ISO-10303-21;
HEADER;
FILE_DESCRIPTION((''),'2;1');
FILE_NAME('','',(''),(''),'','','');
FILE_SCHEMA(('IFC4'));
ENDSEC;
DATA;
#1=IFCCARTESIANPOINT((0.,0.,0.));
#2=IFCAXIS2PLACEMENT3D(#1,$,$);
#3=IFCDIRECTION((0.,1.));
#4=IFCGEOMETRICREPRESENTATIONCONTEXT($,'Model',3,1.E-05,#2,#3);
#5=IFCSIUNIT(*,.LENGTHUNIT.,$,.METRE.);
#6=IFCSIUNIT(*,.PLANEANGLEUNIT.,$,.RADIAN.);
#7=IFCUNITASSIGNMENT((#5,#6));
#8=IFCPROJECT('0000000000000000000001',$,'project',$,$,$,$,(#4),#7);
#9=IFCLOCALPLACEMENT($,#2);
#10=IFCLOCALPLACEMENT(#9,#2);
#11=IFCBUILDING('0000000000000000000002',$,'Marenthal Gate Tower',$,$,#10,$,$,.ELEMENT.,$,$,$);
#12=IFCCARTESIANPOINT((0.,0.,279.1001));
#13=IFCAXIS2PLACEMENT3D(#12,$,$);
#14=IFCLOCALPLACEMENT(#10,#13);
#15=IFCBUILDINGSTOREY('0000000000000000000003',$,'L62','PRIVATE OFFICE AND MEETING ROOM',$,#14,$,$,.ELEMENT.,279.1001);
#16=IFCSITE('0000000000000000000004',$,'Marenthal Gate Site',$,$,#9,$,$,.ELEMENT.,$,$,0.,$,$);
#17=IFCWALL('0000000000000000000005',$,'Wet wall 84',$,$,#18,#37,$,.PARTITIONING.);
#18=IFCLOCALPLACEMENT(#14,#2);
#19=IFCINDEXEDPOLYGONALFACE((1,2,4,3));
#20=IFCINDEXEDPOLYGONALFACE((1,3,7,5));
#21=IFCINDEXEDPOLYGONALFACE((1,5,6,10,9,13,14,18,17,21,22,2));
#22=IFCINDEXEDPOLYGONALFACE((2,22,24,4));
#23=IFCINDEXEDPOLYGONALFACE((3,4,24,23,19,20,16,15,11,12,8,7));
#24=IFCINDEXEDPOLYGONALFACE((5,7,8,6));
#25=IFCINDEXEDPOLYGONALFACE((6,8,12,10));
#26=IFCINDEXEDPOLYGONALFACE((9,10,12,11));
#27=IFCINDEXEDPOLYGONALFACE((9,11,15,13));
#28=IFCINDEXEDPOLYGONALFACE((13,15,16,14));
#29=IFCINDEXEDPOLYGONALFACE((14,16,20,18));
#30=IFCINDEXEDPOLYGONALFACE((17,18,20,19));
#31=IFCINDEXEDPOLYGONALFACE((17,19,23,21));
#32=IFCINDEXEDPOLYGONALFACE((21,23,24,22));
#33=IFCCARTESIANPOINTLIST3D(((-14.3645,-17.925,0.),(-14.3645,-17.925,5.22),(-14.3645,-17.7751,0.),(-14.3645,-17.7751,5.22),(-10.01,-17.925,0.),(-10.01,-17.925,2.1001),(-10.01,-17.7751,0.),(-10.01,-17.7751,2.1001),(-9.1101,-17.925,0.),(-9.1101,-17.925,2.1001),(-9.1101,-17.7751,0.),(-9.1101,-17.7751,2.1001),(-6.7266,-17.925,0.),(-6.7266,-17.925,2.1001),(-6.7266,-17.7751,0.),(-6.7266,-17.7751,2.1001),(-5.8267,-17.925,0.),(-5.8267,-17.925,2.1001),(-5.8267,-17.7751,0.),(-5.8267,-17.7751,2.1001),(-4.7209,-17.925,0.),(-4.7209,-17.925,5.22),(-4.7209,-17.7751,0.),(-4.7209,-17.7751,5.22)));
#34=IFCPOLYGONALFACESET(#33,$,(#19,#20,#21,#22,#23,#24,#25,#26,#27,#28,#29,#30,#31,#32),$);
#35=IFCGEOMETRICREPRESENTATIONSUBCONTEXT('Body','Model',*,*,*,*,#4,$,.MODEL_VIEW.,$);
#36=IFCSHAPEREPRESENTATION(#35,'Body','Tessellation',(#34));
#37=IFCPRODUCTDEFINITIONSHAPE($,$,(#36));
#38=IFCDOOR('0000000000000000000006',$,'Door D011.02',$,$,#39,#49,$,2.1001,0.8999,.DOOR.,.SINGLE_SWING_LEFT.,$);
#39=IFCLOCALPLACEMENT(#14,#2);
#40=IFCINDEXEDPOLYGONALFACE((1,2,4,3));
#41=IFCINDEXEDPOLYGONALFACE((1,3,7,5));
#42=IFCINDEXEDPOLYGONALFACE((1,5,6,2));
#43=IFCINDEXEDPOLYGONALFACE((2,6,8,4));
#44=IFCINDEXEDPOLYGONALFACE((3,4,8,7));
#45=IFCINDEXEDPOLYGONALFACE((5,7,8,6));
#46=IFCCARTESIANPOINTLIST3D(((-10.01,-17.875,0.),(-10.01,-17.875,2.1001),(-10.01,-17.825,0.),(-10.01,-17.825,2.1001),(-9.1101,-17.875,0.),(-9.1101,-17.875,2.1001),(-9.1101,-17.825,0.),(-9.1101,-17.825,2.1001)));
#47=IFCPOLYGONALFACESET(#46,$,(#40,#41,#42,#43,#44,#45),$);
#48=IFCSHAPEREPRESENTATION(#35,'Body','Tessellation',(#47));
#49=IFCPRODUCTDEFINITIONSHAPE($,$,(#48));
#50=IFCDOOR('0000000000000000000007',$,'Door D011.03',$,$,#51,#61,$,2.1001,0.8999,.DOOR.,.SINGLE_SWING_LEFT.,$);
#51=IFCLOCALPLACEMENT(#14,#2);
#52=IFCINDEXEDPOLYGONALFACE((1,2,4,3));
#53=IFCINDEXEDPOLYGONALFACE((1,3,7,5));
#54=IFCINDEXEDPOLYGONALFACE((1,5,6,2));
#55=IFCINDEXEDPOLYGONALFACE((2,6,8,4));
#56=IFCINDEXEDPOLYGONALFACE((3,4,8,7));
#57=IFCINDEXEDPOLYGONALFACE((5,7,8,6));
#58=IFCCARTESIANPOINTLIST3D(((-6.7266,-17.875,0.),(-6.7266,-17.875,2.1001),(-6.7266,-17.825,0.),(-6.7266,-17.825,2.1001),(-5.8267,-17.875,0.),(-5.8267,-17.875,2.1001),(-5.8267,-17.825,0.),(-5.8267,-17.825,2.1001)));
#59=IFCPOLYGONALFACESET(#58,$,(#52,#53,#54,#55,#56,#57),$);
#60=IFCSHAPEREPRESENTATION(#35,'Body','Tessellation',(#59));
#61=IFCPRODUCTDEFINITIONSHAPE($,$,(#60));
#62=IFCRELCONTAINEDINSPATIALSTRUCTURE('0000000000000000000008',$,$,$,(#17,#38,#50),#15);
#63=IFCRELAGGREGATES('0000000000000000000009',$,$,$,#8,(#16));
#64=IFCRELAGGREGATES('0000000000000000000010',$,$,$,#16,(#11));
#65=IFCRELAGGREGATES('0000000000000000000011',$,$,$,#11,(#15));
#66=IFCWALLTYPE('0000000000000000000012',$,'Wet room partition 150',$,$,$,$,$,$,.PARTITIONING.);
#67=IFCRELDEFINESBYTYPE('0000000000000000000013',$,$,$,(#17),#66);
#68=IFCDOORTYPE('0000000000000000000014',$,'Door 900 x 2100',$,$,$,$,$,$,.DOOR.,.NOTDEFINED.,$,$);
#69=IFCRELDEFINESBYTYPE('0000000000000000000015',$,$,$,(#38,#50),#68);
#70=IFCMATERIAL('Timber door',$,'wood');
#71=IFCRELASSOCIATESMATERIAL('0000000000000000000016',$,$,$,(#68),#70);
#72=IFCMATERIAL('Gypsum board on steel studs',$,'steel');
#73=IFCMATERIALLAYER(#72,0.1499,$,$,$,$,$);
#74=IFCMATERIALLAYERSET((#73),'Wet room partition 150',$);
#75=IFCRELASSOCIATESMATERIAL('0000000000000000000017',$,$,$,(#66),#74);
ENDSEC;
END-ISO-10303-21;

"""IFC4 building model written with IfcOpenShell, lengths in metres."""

from ifc_helpers import new_model, si_unit, direction, frame, frame_2d, origin, place, context, subcontext, project, spatial, rectangle, extrude, material, layer, layer_set, type_object, element, fill, save


model = new_model("IFC4")

# Units and contexts
model_context = context("Model", 3, precision=1e-05, world=origin(), true_north=direction((0.0, 1.0)))
body_context = subcontext(model_context, "Body", "Model", "MODEL_VIEW")
ifc_project = project(units=[si_unit("LENGTHUNIT", "METRE"), si_unit("PLANEANGLEUNIT", "RADIAN")], contexts=[model_context])

# Site, building, storey
site_placement = place(None, origin())
site = spatial("IfcSite", under=ifc_project, at=site_placement, Name="Marenthal Gate Site", CompositionType="ELEMENT", RefElevation=0.0)
building_placement = place(site_placement, origin())
building = spatial("IfcBuilding", under=site, at=building_placement, Name="Marenthal Gate Tower", CompositionType="ELEMENT")
storey_placement = place(building_placement, frame((0.0, 0.0, 279.1001)))
storey = spatial("IfcBuildingStorey", under=building, at=storey_placement, Name="L62", Description="PRIVATE OFFICE AND MEETING ROOM", CompositionType="ELEMENT", Elevation=279.1001)

# Shared definitions
ifc_material_1 = material(Name="Timber door", Category="wood")
door_type_1 = type_object("IfcDoorType", Name="Door 900 x 2100", OperationType="NOTDEFINED", PredefinedType="DOOR", material=ifc_material_1)

# Wall, openings, doors
ifc_material_2 = material(Name="Gypsum board on steel studs", Category="steel")
ifc_layer_1 = layer(ifc_material_2, 0.1499)
ifc_layer_set_1 = layer_set([ifc_layer_1], Name="Wet room partition 150")
wall_type_1 = type_object("IfcWallType", Name="Wet room partition 150", PredefinedType="PARTITIONING", material=ifc_layer_set_1)
wall_1_placement = place(storey_placement, frame((-14.3645, -17.8501, 0.0), z_axis=(0.0, 0.0, 1.0), x_axis=(1.0, 0.0, 0.0)))
wall_1 = element("IfcWall", 1, at=wall_1_placement, inside=storey, type_object=wall_type_1, Name="Wet wall 84", PredefinedType="PARTITIONING", context=body_context, shape_type="SweptSolid", body=[
    extrude(rectangle(XDim=9.6436, YDim=0.1499, at=frame_2d((4.8218, 0.0))), origin(), (0.0, 0.0, 1.0), 5.22),
])
opening_1_placement = place(wall_1_placement, frame((4.3545, 0.0, 0.0)))
opening_1 = element("IfcOpeningElement", 2, at=opening_1_placement, cuts=wall_1, PredefinedType="OPENING", context=body_context, shape_type="SweptSolid", body=[
    extrude(rectangle(XDim=0.8999, YDim=2.1001, at=frame_2d((0.45, 1.05))), frame((0.0, 0.085, 0.0), z_axis=(0.0, -1.0, 0.0), x_axis=(1.0, 0.0, 0.0)), (0.0, 0.0, 1.0), 0.1699),
])
opening_2_placement = place(wall_1_placement, frame((7.6379, 0.0, 0.0)))
opening_2 = element("IfcOpeningElement", 3, at=opening_2_placement, cuts=wall_1, PredefinedType="OPENING", context=body_context, shape_type="SweptSolid", body=[
    extrude(rectangle(XDim=0.8999, YDim=2.1001, at=frame_2d((0.45, 1.05))), frame((0.0, 0.085, 0.0), z_axis=(0.0, -1.0, 0.0), x_axis=(1.0, 0.0, 0.0)), (0.0, 0.0, 1.0), 0.1699),
])
door_1_placement = place(opening_1_placement, frame((0.8999, 0.0, 0.0), z_axis=(0.0, 0.0, 1.0), x_axis=(-1.0, 0.0, 0.0)))
door_1 = element("IfcDoor", 4, at=door_1_placement, inside=storey, type_object=door_type_1, Name="Door D011.02", OperationType="SINGLE_SWING_LEFT", OverallHeight=2.1001, OverallWidth=0.8999, PredefinedType="DOOR", context=body_context, shape_type="SweptSolid", body=[
    extrude(rectangle(XDim=0.8999, YDim=2.1001, at=frame_2d((0.45, 1.05))), frame((0.0, 0.0249, 0.0), z_axis=(0.0, -1.0, 0.0), x_axis=(1.0, 0.0, 0.0)), (0.0, 0.0, 1.0), 0.05),
])
fill(opening_1, door_1)
door_2_placement = place(opening_2_placement, frame((0.8999, 0.0, 0.0), z_axis=(0.0, 0.0, 1.0), x_axis=(-1.0, 0.0, 0.0)))
door_2 = element("IfcDoor", 5, at=door_2_placement, inside=storey, type_object=door_type_1, Name="Door D011.03", OperationType="SINGLE_SWING_LEFT", OverallHeight=2.1001, OverallWidth=0.8999, PredefinedType="DOOR", context=body_context, shape_type="SweptSolid", body=[
    extrude(rectangle(XDim=0.8999, YDim=2.1001, at=frame_2d((0.45, 1.05))), frame((0.0, 0.0249, 0.0), z_axis=(0.0, -1.0, 0.0), x_axis=(1.0, 0.0, 0.0)), (0.0, 0.0, 1.0), 0.05),
])
fill(opening_2, door_2)

save(model, "model.ifc")
